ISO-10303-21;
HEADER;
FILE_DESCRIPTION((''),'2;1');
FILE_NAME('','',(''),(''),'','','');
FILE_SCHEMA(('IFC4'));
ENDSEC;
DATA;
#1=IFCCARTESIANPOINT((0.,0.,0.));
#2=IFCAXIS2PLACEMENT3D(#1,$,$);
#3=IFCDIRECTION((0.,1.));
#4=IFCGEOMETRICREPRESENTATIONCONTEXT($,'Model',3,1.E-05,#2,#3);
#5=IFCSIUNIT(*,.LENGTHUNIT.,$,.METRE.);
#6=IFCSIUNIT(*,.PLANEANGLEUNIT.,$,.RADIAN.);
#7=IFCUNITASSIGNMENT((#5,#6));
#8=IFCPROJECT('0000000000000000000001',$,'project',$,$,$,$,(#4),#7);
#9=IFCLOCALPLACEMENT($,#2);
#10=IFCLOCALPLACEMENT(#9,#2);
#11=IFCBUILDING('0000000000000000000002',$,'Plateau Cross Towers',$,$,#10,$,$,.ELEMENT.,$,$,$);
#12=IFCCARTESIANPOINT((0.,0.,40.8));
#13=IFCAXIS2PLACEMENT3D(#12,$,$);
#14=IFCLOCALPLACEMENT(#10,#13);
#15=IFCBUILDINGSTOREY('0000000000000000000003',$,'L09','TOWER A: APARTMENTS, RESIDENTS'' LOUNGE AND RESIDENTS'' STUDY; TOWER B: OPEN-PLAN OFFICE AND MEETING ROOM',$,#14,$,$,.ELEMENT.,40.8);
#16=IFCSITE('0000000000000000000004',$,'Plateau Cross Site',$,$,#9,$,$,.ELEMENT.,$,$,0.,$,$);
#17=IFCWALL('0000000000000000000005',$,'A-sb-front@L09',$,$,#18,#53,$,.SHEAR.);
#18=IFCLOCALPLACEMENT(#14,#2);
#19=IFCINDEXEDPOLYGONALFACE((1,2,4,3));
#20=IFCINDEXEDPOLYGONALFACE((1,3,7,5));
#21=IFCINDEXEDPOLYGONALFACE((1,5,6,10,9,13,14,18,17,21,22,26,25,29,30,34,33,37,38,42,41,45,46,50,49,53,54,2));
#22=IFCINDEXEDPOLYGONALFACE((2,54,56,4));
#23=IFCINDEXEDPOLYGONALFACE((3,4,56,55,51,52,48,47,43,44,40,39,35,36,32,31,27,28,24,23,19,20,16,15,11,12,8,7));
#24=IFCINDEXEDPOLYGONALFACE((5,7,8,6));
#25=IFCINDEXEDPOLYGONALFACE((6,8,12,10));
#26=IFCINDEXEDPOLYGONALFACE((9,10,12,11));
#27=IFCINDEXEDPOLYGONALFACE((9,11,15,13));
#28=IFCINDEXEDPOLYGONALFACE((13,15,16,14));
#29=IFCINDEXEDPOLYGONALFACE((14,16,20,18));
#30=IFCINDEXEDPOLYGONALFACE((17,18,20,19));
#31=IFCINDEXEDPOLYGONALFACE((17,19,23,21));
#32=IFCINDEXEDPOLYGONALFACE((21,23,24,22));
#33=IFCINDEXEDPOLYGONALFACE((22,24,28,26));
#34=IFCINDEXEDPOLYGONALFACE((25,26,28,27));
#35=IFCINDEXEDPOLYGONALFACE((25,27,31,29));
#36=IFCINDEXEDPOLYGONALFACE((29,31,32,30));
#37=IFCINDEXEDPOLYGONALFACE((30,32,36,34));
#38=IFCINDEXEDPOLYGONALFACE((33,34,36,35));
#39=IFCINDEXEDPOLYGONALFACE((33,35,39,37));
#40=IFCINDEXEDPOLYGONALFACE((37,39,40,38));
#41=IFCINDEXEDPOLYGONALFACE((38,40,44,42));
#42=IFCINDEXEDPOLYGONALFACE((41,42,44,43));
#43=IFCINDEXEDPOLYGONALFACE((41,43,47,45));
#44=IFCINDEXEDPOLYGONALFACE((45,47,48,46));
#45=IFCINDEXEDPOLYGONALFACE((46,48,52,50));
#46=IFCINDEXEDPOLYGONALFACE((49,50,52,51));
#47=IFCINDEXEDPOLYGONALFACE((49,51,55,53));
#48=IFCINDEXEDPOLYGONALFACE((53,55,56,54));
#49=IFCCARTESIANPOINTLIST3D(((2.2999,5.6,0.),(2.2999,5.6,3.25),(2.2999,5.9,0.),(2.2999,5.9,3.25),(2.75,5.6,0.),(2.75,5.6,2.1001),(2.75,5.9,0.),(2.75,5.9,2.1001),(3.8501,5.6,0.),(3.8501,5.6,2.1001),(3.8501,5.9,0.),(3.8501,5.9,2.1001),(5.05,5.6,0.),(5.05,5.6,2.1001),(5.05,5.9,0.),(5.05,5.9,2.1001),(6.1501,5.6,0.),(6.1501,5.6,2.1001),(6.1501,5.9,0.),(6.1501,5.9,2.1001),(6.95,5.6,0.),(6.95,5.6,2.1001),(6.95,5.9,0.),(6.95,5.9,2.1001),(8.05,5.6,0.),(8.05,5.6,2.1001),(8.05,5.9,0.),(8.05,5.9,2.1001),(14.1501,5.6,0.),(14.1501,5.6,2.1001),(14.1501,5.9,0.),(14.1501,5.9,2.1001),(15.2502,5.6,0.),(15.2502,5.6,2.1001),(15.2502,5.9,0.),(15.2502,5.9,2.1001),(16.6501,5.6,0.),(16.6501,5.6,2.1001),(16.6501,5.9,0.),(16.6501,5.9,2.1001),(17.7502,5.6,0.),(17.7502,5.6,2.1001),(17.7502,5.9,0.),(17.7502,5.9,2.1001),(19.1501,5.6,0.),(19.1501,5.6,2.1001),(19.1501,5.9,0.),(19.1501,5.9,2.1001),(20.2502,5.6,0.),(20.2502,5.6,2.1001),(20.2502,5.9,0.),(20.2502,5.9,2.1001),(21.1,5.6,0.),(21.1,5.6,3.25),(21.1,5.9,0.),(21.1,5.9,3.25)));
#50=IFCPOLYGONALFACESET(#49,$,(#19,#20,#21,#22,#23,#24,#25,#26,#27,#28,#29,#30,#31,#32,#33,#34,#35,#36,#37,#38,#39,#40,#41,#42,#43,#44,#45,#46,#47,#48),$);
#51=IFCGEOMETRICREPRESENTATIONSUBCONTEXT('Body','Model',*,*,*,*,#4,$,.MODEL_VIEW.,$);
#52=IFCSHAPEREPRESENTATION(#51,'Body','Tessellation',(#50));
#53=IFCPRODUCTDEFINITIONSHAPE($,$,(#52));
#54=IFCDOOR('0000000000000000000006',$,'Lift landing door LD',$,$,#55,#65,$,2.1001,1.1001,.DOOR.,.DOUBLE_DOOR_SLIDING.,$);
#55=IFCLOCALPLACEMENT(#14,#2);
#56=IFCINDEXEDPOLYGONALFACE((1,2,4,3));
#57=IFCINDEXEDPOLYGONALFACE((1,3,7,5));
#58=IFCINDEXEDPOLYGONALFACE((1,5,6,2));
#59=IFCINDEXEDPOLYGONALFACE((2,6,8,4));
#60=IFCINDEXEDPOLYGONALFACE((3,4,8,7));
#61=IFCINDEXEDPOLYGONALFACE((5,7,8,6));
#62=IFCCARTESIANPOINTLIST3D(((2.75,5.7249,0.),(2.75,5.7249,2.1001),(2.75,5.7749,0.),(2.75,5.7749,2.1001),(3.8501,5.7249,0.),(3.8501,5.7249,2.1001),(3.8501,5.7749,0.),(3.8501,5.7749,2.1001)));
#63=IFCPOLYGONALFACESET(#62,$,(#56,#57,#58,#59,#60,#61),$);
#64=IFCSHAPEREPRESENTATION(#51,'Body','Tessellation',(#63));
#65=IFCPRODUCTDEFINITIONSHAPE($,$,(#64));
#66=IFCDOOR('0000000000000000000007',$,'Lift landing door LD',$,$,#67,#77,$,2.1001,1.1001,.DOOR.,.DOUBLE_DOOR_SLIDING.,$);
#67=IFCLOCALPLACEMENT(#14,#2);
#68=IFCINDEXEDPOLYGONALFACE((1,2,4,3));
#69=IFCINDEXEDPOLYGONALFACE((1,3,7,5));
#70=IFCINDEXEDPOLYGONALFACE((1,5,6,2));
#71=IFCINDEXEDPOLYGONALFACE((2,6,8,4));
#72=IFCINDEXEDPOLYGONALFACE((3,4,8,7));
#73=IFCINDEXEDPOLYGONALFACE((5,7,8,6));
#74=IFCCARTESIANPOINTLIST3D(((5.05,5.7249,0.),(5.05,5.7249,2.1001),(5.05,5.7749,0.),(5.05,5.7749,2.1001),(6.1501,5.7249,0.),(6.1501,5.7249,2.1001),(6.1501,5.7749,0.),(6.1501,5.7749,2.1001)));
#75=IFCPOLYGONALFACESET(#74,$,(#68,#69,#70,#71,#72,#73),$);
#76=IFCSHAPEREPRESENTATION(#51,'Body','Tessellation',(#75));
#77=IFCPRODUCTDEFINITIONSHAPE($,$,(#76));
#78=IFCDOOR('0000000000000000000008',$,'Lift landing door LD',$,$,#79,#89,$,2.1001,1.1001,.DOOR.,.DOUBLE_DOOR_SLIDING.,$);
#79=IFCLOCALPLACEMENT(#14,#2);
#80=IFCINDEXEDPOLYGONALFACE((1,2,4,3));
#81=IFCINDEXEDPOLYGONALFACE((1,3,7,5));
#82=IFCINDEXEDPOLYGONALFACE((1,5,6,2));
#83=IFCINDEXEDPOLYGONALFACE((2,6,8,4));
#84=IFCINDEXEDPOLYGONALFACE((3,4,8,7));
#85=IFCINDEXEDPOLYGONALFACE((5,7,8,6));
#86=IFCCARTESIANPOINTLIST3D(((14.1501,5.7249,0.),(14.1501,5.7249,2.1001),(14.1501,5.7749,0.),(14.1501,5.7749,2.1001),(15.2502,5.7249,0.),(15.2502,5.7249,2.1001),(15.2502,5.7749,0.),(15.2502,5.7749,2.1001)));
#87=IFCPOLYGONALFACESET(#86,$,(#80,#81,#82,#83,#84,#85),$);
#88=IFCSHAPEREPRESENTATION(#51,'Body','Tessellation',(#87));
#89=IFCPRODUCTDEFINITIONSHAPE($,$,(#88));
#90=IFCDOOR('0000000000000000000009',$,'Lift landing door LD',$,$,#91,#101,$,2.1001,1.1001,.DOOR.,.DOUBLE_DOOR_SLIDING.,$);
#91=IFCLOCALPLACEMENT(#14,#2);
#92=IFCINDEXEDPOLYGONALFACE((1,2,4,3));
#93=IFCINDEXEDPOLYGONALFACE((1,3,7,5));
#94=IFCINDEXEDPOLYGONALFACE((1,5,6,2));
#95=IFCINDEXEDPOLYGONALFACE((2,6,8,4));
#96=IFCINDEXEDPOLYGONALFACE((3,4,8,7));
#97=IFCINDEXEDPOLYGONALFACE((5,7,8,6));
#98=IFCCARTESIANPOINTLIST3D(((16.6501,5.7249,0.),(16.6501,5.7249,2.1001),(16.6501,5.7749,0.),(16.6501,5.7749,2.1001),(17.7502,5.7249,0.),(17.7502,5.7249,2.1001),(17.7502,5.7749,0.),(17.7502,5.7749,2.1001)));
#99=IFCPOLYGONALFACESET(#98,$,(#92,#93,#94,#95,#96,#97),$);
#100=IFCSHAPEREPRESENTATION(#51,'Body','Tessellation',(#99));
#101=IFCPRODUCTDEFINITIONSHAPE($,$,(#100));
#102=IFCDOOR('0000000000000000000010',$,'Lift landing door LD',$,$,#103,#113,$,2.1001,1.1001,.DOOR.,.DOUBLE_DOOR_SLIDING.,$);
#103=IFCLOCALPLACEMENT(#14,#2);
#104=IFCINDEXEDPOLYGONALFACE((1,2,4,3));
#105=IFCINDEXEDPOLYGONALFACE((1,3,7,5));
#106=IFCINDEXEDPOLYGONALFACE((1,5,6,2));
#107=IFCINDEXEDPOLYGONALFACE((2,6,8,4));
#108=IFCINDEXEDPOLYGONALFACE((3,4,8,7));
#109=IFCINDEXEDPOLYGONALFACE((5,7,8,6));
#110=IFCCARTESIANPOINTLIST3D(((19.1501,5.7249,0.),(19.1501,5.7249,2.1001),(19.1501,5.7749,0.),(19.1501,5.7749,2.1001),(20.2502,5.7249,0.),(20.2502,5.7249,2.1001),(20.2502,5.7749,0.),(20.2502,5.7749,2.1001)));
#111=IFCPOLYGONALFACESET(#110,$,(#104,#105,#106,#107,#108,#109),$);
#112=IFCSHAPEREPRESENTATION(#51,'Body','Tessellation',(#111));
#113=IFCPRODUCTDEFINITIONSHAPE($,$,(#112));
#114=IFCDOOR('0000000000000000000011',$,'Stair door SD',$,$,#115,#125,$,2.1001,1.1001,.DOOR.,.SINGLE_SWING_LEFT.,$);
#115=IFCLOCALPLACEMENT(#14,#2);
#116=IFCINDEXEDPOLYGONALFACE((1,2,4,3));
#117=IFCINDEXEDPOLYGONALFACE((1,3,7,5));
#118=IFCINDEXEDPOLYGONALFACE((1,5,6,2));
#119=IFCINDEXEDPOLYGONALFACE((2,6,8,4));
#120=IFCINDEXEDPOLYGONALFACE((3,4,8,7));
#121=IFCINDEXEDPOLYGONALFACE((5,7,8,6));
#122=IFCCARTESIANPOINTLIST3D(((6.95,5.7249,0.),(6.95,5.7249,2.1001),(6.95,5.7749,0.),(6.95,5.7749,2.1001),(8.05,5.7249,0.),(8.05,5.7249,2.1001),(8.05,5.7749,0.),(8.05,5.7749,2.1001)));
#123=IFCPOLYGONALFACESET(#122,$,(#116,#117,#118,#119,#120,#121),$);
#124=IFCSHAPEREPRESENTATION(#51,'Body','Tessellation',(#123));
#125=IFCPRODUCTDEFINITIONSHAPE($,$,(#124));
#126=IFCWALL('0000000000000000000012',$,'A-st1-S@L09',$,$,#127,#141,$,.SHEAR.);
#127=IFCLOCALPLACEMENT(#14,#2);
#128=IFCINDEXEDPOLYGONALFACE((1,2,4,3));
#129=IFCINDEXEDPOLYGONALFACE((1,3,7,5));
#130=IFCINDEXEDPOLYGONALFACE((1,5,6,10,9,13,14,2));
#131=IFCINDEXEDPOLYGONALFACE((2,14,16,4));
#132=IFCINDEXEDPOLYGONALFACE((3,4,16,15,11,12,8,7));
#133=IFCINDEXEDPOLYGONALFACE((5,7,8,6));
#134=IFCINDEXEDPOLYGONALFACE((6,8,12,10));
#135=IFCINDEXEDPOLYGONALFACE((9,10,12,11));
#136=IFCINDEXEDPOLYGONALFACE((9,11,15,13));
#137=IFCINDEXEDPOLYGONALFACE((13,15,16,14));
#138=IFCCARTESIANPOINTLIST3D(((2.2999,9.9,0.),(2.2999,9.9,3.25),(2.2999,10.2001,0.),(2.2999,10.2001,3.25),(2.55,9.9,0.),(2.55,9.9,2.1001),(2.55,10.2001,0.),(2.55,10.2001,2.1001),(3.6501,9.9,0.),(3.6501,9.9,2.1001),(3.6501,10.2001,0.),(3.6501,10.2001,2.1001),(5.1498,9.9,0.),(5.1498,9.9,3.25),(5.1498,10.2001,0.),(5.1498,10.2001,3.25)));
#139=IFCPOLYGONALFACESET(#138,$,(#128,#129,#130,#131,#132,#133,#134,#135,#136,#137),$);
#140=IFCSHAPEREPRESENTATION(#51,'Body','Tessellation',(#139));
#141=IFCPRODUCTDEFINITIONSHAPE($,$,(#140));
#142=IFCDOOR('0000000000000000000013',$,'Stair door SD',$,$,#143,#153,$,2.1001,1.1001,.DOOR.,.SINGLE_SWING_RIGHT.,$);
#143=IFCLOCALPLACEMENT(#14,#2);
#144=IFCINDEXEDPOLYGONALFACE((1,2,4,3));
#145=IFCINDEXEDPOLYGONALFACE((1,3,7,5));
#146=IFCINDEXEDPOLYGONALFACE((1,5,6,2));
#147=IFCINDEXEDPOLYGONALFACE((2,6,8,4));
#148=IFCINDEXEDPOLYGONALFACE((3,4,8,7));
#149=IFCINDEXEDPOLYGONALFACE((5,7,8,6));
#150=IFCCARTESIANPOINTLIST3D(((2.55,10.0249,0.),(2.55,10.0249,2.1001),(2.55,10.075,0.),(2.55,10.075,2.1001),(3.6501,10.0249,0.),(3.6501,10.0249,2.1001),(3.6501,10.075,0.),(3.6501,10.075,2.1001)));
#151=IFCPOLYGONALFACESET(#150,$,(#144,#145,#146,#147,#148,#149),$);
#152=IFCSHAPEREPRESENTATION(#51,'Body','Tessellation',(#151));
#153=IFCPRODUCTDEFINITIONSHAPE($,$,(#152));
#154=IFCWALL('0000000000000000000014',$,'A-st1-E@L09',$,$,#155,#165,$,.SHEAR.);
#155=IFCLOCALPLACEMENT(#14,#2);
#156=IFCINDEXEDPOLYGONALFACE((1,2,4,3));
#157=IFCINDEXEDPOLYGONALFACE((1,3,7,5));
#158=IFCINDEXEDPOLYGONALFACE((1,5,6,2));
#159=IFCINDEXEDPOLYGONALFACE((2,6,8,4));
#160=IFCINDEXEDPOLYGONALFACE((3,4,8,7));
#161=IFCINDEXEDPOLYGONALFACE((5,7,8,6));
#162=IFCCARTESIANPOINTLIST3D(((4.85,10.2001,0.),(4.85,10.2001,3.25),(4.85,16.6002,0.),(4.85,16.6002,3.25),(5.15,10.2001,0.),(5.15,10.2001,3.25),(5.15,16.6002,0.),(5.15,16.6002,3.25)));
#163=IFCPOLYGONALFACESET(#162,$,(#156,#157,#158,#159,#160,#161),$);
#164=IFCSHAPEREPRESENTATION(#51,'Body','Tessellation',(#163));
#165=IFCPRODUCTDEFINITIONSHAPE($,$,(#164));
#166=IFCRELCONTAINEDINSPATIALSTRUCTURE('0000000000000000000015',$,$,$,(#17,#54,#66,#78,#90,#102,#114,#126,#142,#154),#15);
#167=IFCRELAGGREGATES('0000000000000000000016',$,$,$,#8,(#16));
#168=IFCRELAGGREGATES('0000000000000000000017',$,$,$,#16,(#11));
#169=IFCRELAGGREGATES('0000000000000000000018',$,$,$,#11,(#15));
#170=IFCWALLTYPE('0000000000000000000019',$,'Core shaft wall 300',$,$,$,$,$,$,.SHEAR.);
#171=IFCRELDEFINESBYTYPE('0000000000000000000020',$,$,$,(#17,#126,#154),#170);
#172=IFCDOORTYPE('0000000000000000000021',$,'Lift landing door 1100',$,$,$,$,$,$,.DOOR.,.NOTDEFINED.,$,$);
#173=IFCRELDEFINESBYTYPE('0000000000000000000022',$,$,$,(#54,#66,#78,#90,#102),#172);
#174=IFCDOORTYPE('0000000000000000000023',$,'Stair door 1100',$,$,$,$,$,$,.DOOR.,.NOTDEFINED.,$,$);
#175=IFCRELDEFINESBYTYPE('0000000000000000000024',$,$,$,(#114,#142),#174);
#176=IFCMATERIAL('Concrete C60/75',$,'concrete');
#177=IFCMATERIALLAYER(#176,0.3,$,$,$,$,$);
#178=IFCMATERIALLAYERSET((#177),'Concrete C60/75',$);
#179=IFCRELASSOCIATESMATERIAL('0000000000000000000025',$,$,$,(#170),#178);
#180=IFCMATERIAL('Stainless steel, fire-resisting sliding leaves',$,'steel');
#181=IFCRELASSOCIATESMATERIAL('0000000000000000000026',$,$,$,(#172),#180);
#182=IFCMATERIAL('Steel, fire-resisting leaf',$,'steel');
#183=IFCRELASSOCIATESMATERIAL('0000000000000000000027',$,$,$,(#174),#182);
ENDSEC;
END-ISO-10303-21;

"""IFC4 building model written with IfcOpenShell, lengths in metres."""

from ifc_helpers import new_model, si_unit, direction, frame, frame_2d, origin, place, context, subcontext, project, spatial, rectangle, extrude, material, layer, layer_set, type_object, element, fill, save


model = new_model("IFC4")

# Units and contexts
model_context = context("Model", 3, precision=1e-05, world=origin(), true_north=direction((0.0, 1.0)))
body_context = subcontext(model_context, "Body", "Model", "MODEL_VIEW")
ifc_project = project(units=[si_unit("LENGTHUNIT", "METRE"), si_unit("PLANEANGLEUNIT", "RADIAN")], contexts=[model_context])

# Site, building, storey
site_placement = place(None, origin())
site = spatial("IfcSite", under=ifc_project, at=site_placement, Name="Plateau Cross Site", CompositionType="ELEMENT", RefElevation=0.0)
building_placement = place(site_placement, origin())
building = spatial("IfcBuilding", under=site, at=building_placement, Name="Plateau Cross Towers", CompositionType="ELEMENT")
storey_placement = place(building_placement, frame((0.0, 0.0, 40.8)))
storey = spatial("IfcBuildingStorey", under=building, at=storey_placement, Name="L09", Description="TOWER A: APARTMENTS, RESIDENTS' LOUNGE AND RESIDENTS' STUDY; TOWER B: OPEN-PLAN OFFICE AND MEETING ROOM", CompositionType="ELEMENT", Elevation=40.8)

# Shared definitions
ifc_material_1 = material(Name="Steel, fire-resisting leaf", Category="steel")

# Shared definitions
ifc_material_2 = material(Name="Concrete C60/75", Category="concrete")
ifc_layer_1 = layer(ifc_material_2, 0.3)
ifc_layer_set_1 = layer_set([ifc_layer_1], Name="Concrete C60/75")
wall_type_1 = type_object("IfcWallType", Name="Core shaft wall 300", PredefinedType="SHEAR", material=ifc_layer_set_1)

# Wall, openings, doors
wall_1_placement = place(storey_placement, frame((2.3, 5.75, 0.0), z_axis=(0.0, 0.0, 1.0), x_axis=(1.0, 0.0, 0.0)))
wall_1 = element("IfcWall", 1, at=wall_1_placement, inside=storey, type_object=wall_type_1, Name="A-sb-front@L09", PredefinedType="SHEAR", context=body_context, shape_type="SweptSolid", body=[
    extrude(rectangle(XDim=18.8, YDim=0.3, at=frame_2d((9.3999, 0.0))), origin(), (0.0, 0.0, 1.0), 3.25),
])
opening_1_placement = place(wall_1_placement, frame((4.6499, 0.0, 0.0)))
opening_1 = element("IfcOpeningElement", 2, at=opening_1_placement, cuts=wall_1, PredefinedType="OPENING", context=body_context, shape_type="SweptSolid", body=[
    extrude(rectangle(XDim=1.1001, YDim=2.1001, at=frame_2d((0.55, 1.05))), frame((0.0, 0.1599, 0.0), z_axis=(0.0, -1.0, 0.0), x_axis=(1.0, 0.0, 0.0)), (0.0, 0.0, 1.0), 0.3201),
])
opening_2_placement = place(wall_1_placement, frame((0.45, 0.0, 0.0)))
opening_2 = element("IfcOpeningElement", 3, at=opening_2_placement, cuts=wall_1, PredefinedType="OPENING", context=body_context, shape_type="SweptSolid", body=[
    extrude(rectangle(XDim=1.1001, YDim=2.1001, at=frame_2d((0.55, 1.05))), frame((0.0, 0.1599, 0.0), z_axis=(0.0, -1.0, 0.0), x_axis=(1.0, 0.0, 0.0)), (0.0, 0.0, 1.0), 0.3201),
])
opening_3_placement = place(wall_1_placement, frame((2.75, 0.0, 0.0)))
opening_3 = element("IfcOpeningElement", 4, at=opening_3_placement, cuts=wall_1, PredefinedType="OPENING", context=body_context, shape_type="SweptSolid", body=[
    extrude(rectangle(XDim=1.1001, YDim=2.1001, at=frame_2d((0.55, 1.05))), frame((0.0, 0.1599, 0.0), z_axis=(0.0, -1.0, 0.0), x_axis=(1.0, 0.0, 0.0)), (0.0, 0.0, 1.0), 0.3201),
])
opening_4_placement = place(wall_1_placement, frame((11.8501, 0.0, 0.0)))
opening_4 = element("IfcOpeningElement", 5, at=opening_4_placement, cuts=wall_1, PredefinedType="OPENING", context=body_context, shape_type="SweptSolid", body=[
    extrude(rectangle(XDim=1.1001, YDim=2.1001, at=frame_2d((0.55, 1.05))), frame((0.0, 0.1599, 0.0), z_axis=(0.0, -1.0, 0.0), x_axis=(1.0, 0.0, 0.0)), (0.0, 0.0, 1.0), 0.3201),
])
opening_5_placement = place(wall_1_placement, frame((14.3501, 0.0, 0.0)))
opening_5 = element("IfcOpeningElement", 6, at=opening_5_placement, cuts=wall_1, PredefinedType="OPENING", context=body_context, shape_type="SweptSolid", body=[
    extrude(rectangle(XDim=1.1001, YDim=2.1001, at=frame_2d((0.55, 1.05))), frame((0.0, 0.1599, 0.0), z_axis=(0.0, -1.0, 0.0), x_axis=(1.0, 0.0, 0.0)), (0.0, 0.0, 1.0), 0.3201),
])
opening_6_placement = place(wall_1_placement, frame((16.8501, 0.0, 0.0)))
opening_6 = element("IfcOpeningElement", 7, at=opening_6_placement, cuts=wall_1, PredefinedType="OPENING", context=body_context, shape_type="SweptSolid", body=[
    extrude(rectangle(XDim=1.1001, YDim=2.1001, at=frame_2d((0.55, 1.05))), frame((0.0, 0.1599, 0.0), z_axis=(0.0, -1.0, 0.0), x_axis=(1.0, 0.0, 0.0)), (0.0, 0.0, 1.0), 0.3201),
])
ifc_material_3 = material(Name="Stainless steel, fire-resisting sliding leaves", Category="steel")
door_type_1 = type_object("IfcDoorType", Name="Lift landing door 1100", OperationType="NOTDEFINED", PredefinedType="DOOR", material=ifc_material_3)
door_1_placement = place(opening_2_placement, origin())
door_1 = element("IfcDoor", 8, at=door_1_placement, inside=storey, type_object=door_type_1, Name="Lift landing door LD", OperationType="DOUBLE_DOOR_SLIDING", OverallHeight=2.1001, OverallWidth=1.1001, PredefinedType="DOOR", context=body_context, shape_type="SweptSolid", body=[
    extrude(rectangle(XDim=1.1001, YDim=2.1001, at=frame_2d((0.55, 1.05))), frame((0.0, 0.0249, 0.0), z_axis=(0.0, -1.0, 0.0), x_axis=(1.0, 0.0, 0.0)), (0.0, 0.0, 1.0), 0.05),
])
fill(opening_2, door_1)
door_2_placement = place(opening_3_placement, origin())
door_2 = element("IfcDoor", 9, at=door_2_placement, inside=storey, type_object=door_type_1, Name="Lift landing door LD", OperationType="DOUBLE_DOOR_SLIDING", OverallHeight=2.1001, OverallWidth=1.1001, PredefinedType="DOOR", context=body_context, shape_type="SweptSolid", body=[
    extrude(rectangle(XDim=1.1001, YDim=2.1001, at=frame_2d((0.55, 1.05))), frame((0.0, 0.0249, 0.0), z_axis=(0.0, -1.0, 0.0), x_axis=(1.0, 0.0, 0.0)), (0.0, 0.0, 1.0), 0.05),
])
fill(opening_3, door_2)
door_3_placement = place(opening_4_placement, origin())
door_3 = element("IfcDoor", 10, at=door_3_placement, inside=storey, type_object=door_type_1, Name="Lift landing door LD", OperationType="DOUBLE_DOOR_SLIDING", OverallHeight=2.1001, OverallWidth=1.1001, PredefinedType="DOOR", context=body_context, shape_type="SweptSolid", body=[
    extrude(rectangle(XDim=1.1001, YDim=2.1001, at=frame_2d((0.55, 1.05))), frame((0.0, 0.0249, 0.0), z_axis=(0.0, -1.0, 0.0), x_axis=(1.0, 0.0, 0.0)), (0.0, 0.0, 1.0), 0.05),
])
fill(opening_4, door_3)
door_4_placement = place(opening_5_placement, origin())
door_4 = element("IfcDoor", 11, at=door_4_placement, inside=storey, type_object=door_type_1, Name="Lift landing door LD", OperationType="DOUBLE_DOOR_SLIDING", OverallHeight=2.1001, OverallWidth=1.1001, PredefinedType="DOOR", context=body_context, shape_type="SweptSolid", body=[
    extrude(rectangle(XDim=1.1001, YDim=2.1001, at=frame_2d((0.55, 1.05))), frame((0.0, 0.0249, 0.0), z_axis=(0.0, -1.0, 0.0), x_axis=(1.0, 0.0, 0.0)), (0.0, 0.0, 1.0), 0.05),
])
fill(opening_5, door_4)
door_5_placement = place(opening_6_placement, origin())
door_5 = element("IfcDoor", 12, at=door_5_placement, inside=storey, type_object=door_type_1, Name="Lift landing door LD", OperationType="DOUBLE_DOOR_SLIDING", OverallHeight=2.1001, OverallWidth=1.1001, PredefinedType="DOOR", context=body_context, shape_type="SweptSolid", body=[
    extrude(rectangle(XDim=1.1001, YDim=2.1001, at=frame_2d((0.55, 1.05))), frame((0.0, 0.0249, 0.0), z_axis=(0.0, -1.0, 0.0), x_axis=(1.0, 0.0, 0.0)), (0.0, 0.0, 1.0), 0.05),
])
fill(opening_6, door_5)
door_type_2 = type_object("IfcDoorType", Name="Stair door 1100", OperationType="NOTDEFINED", PredefinedType="DOOR", material=ifc_material_1)
door_6_placement = place(opening_1_placement, origin())
door_6 = element("IfcDoor", 13, at=door_6_placement, inside=storey, type_object=door_type_2, Name="Stair door SD", OperationType="SINGLE_SWING_LEFT", OverallHeight=2.1001, OverallWidth=1.1001, PredefinedType="DOOR", context=body_context, shape_type="SweptSolid", body=[
    extrude(rectangle(XDim=1.1001, YDim=2.1001, at=frame_2d((0.55, 1.05))), frame((0.0, 0.0249, 0.0), z_axis=(0.0, -1.0, 0.0), x_axis=(1.0, 0.0, 0.0)), (0.0, 0.0, 1.0), 0.05),
])
fill(opening_1, door_6)

# Wall, opening, door
wall_2_placement = place(storey_placement, frame((2.3, 10.05, 0.0), z_axis=(0.0, 0.0, 1.0), x_axis=(1.0, 0.0, 0.0)))
wall_2 = element("IfcWall", 14, at=wall_2_placement, inside=storey, type_object=wall_type_1, Name="A-st1-S@L09", PredefinedType="SHEAR", context=body_context, shape_type="SweptSolid", body=[
    extrude(rectangle(XDim=2.8499, YDim=0.3, at=frame_2d((1.4248, 0.0))), origin(), (0.0, 0.0, 1.0), 3.25),
])
opening_7_placement = place(wall_2_placement, frame((0.25, 0.0, 0.0)))
opening_7 = element("IfcOpeningElement", 15, at=opening_7_placement, cuts=wall_2, PredefinedType="OPENING", context=body_context, shape_type="SweptSolid", body=[
    extrude(rectangle(XDim=1.1001, YDim=2.1001, at=frame_2d((0.55, 1.05))), frame((0.0, 0.1599, 0.0), z_axis=(0.0, -1.0, 0.0), x_axis=(1.0, 0.0, 0.0)), (0.0, 0.0, 1.0), 0.3201),
])
door_7_placement = place(opening_7_placement, origin())
door_7 = element("IfcDoor", 16, at=door_7_placement, inside=storey, type_object=door_type_2, Name="Stair door SD", OperationType="SINGLE_SWING_RIGHT", OverallHeight=2.1001, OverallWidth=1.1001, PredefinedType="DOOR", context=body_context, shape_type="SweptSolid", body=[
    extrude(rectangle(XDim=1.1001, YDim=2.1001, at=frame_2d((0.55, 1.05))), frame((0.0, 0.0249, 0.0), z_axis=(0.0, -1.0, 0.0), x_axis=(1.0, 0.0, 0.0)), (0.0, 0.0, 1.0), 0.05),
])
fill(opening_7, door_7)

# Wall
wall_3_placement = place(storey_placement, frame((5.0, 10.2, 0.0), z_axis=(0.0, 0.0, 1.0), x_axis=(0.0, 1.0, 0.0)))
element("IfcWall", 17, at=wall_3_placement, inside=storey, type_object=wall_type_1, Name="A-st1-E@L09", PredefinedType="SHEAR", context=body_context, shape_type="SweptSolid", body=[
    extrude(rectangle(XDim=6.4001, YDim=0.3, at=frame_2d((3.2002, 0.0))), origin(), (0.0, 0.0, 1.0), 3.25),
])

save(model, "model.ifc")
